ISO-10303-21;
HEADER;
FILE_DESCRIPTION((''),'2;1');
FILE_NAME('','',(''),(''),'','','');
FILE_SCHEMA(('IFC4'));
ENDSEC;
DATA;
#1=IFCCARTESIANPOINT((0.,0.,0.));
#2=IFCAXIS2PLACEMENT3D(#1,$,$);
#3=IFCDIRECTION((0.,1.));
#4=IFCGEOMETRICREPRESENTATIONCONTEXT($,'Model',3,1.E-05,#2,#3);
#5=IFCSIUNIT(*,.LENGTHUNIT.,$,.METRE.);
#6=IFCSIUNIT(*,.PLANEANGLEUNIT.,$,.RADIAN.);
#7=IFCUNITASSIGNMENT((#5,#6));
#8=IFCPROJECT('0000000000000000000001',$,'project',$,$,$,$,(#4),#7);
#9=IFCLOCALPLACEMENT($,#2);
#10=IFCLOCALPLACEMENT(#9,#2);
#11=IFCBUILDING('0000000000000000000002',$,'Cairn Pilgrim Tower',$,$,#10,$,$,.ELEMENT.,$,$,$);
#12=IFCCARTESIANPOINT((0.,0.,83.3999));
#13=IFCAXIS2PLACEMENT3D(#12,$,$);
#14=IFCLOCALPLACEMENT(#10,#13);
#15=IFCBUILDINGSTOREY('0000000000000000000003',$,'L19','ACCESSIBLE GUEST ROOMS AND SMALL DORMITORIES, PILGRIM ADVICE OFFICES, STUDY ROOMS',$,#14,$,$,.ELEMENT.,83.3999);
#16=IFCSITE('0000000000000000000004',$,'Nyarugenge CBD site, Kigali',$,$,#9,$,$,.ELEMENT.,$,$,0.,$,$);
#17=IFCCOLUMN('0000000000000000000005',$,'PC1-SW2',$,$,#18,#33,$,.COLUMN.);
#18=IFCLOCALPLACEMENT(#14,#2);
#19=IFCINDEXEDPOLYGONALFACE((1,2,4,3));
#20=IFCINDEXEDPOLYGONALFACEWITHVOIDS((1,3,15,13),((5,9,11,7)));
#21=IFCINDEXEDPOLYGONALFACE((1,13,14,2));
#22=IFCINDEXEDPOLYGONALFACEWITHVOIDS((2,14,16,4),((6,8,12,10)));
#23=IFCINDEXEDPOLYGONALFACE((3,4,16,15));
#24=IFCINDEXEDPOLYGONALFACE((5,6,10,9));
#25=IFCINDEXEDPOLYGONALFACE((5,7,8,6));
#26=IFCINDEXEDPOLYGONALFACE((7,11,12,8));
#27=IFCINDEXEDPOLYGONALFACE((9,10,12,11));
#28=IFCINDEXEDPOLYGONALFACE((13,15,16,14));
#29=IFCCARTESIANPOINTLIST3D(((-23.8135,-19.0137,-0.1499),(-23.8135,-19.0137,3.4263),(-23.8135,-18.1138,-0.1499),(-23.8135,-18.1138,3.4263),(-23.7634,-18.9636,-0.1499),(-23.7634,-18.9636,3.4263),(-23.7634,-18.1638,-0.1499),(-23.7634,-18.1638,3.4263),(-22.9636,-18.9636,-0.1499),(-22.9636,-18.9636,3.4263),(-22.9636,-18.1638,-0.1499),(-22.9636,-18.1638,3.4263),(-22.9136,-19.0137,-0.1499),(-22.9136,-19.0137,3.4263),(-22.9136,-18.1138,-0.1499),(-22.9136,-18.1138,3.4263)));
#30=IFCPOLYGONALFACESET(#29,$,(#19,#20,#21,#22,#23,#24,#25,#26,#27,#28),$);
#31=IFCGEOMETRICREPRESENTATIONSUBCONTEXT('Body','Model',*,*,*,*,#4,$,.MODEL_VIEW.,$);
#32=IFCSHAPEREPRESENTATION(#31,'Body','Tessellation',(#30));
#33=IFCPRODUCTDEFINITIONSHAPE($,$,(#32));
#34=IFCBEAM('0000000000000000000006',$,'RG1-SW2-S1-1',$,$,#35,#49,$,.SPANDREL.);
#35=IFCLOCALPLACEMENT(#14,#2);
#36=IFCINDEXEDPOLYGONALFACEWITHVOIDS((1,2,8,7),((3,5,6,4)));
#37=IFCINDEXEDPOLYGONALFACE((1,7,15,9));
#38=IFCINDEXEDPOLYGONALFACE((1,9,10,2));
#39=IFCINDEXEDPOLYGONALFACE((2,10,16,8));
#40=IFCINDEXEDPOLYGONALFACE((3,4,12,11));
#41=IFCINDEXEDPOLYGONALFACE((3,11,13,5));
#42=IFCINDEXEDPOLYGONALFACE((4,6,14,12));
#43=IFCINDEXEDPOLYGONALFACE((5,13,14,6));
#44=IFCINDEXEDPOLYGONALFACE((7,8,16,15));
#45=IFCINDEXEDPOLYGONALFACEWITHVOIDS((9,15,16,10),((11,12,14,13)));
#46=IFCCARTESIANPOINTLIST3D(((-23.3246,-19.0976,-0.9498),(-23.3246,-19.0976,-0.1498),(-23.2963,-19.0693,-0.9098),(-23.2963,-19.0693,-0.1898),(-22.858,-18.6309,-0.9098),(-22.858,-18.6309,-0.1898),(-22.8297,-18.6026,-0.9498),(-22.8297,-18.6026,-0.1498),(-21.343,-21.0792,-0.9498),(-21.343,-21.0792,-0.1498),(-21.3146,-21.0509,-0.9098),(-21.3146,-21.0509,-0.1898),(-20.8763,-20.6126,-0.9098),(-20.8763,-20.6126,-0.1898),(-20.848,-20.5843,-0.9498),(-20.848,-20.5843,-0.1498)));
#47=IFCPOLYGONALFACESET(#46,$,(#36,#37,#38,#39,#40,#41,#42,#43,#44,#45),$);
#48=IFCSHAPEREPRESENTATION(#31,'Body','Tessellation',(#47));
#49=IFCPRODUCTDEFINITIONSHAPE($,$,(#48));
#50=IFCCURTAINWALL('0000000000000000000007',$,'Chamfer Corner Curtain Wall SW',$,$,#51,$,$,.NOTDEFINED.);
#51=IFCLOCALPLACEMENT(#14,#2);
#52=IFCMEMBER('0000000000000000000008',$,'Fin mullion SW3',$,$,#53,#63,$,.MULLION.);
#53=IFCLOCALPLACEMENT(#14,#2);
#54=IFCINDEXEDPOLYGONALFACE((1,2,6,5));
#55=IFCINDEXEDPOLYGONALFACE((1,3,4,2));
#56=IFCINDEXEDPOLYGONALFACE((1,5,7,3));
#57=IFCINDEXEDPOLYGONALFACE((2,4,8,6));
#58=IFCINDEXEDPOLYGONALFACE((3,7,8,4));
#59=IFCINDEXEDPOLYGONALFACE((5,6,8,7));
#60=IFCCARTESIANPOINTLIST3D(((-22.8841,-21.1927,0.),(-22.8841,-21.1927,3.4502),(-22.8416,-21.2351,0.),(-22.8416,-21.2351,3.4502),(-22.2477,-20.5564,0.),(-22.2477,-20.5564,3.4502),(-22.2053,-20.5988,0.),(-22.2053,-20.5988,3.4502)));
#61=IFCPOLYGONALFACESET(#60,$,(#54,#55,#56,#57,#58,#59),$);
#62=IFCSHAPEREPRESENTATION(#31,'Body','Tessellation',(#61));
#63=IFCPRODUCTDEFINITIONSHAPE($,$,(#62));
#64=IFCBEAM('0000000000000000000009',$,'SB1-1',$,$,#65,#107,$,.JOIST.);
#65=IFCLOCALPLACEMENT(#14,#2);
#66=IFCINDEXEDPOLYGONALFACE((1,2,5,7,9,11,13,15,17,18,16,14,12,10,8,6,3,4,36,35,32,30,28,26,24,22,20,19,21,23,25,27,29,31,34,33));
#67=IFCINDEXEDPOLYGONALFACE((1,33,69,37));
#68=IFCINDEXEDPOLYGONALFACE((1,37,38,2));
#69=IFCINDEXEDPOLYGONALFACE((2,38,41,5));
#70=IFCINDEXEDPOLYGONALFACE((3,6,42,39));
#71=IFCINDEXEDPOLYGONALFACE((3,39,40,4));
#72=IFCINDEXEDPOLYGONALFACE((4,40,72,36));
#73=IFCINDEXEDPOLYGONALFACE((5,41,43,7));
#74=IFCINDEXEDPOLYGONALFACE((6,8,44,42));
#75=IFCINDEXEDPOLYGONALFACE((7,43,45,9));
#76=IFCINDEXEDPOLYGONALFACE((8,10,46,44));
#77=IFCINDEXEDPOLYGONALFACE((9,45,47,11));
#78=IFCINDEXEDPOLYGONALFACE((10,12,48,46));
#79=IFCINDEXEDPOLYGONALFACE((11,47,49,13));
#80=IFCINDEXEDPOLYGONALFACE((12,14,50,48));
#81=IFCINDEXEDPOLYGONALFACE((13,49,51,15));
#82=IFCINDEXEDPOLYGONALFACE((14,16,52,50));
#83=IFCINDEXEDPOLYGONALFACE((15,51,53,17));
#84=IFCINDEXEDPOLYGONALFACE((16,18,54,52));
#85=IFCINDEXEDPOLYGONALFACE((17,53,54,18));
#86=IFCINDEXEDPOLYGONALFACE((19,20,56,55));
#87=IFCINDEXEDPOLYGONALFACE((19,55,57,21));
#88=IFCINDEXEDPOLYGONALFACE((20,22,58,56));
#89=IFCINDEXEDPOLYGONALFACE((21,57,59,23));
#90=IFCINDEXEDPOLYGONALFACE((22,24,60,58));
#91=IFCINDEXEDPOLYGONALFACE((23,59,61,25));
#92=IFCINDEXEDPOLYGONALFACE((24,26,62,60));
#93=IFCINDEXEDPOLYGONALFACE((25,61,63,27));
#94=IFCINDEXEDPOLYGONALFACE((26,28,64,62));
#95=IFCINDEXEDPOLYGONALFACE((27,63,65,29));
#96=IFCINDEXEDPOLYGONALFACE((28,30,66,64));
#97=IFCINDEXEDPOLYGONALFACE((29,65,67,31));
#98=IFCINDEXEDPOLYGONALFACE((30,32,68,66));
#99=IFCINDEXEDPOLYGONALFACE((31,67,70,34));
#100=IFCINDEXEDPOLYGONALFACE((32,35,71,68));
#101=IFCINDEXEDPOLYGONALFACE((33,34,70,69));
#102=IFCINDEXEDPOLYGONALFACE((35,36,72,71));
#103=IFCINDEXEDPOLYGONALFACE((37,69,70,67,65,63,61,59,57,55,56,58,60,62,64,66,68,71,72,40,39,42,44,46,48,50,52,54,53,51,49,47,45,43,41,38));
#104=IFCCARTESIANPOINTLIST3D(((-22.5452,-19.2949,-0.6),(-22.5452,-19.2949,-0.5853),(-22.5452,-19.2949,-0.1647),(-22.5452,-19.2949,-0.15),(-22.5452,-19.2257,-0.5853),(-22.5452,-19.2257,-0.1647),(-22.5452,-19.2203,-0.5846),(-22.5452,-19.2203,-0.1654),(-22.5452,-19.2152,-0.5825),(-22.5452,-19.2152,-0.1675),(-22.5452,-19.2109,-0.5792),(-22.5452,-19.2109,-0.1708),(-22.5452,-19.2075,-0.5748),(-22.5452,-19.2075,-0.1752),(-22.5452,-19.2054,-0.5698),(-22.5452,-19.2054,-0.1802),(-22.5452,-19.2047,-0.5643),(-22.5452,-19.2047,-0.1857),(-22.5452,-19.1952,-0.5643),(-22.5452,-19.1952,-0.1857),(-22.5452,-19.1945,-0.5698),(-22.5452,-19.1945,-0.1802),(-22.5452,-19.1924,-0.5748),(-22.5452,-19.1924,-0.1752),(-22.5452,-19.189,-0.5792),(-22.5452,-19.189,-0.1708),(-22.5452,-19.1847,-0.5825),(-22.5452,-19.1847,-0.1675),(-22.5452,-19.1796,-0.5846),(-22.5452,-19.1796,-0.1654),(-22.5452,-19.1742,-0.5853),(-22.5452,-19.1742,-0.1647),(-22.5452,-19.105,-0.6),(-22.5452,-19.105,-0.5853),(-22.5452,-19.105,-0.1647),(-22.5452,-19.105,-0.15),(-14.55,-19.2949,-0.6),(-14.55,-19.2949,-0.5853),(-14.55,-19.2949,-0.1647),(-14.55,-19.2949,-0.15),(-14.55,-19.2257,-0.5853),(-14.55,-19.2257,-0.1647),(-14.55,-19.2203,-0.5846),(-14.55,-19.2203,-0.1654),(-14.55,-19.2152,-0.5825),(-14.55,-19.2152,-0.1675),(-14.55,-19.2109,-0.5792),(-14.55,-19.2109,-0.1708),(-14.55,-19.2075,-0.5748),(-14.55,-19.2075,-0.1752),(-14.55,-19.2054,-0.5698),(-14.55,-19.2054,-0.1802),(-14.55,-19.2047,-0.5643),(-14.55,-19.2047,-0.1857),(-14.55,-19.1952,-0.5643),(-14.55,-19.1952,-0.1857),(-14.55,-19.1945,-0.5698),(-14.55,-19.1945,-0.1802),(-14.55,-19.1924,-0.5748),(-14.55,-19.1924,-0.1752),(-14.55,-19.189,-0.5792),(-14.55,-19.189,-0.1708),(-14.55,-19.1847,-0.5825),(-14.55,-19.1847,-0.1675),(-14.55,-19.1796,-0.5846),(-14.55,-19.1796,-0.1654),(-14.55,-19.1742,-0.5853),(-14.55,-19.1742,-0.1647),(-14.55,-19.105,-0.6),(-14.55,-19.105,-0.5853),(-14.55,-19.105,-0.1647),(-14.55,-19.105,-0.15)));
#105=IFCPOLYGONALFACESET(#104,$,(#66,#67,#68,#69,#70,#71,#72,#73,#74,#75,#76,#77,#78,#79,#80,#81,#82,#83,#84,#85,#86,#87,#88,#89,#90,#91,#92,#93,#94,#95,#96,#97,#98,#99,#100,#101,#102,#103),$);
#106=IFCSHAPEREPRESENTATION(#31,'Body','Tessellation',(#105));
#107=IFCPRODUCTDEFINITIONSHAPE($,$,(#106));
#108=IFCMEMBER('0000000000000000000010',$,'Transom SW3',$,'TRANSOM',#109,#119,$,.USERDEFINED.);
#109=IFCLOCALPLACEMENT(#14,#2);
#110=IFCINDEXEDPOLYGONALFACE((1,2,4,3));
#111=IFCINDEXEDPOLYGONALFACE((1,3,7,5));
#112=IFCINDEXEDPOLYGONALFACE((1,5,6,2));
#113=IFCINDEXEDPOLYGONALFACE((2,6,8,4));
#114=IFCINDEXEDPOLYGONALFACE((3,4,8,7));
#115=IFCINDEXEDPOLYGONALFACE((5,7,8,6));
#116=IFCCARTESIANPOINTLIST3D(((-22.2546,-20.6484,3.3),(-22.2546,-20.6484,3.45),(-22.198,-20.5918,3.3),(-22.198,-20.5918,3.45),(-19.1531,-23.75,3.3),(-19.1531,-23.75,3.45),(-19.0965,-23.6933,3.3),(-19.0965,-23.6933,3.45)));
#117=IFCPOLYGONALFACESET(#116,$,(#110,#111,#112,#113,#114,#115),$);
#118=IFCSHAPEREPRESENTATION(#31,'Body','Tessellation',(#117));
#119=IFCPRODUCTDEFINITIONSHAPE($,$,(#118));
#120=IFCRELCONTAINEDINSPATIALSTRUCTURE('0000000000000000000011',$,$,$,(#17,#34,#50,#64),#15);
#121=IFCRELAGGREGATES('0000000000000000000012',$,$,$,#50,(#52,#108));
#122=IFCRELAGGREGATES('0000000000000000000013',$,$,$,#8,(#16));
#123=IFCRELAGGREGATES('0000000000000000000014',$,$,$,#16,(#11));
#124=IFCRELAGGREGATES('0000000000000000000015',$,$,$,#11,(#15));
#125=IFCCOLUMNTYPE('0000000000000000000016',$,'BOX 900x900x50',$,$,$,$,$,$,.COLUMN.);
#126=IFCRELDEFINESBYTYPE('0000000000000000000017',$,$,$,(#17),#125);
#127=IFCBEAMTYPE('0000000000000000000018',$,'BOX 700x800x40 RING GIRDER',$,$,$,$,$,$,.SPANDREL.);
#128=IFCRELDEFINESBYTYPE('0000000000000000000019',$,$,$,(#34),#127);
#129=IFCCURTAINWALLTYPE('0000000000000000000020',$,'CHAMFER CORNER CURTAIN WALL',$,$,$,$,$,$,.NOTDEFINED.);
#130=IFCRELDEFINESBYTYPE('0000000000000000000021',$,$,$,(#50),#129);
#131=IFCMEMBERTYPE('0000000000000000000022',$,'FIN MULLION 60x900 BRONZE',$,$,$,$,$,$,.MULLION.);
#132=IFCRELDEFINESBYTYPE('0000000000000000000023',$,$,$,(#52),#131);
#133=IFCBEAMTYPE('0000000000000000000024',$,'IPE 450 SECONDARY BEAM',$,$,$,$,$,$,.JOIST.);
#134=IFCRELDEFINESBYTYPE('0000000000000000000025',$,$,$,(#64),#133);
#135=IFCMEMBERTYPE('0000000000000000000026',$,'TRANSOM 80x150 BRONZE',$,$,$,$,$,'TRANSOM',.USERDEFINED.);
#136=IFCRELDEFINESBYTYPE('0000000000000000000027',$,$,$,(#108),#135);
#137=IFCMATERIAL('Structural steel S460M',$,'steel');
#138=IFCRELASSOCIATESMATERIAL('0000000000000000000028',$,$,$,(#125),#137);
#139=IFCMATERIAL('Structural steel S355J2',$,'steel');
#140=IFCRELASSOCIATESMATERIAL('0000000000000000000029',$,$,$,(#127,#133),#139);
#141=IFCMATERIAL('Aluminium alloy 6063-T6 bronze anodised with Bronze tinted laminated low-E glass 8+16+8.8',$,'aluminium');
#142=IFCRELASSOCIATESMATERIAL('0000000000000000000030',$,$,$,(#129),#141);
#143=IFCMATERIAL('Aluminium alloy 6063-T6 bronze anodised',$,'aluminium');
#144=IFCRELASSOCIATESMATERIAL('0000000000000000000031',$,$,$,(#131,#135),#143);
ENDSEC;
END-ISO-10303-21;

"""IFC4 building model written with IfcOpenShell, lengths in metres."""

from ifc_helpers import new_model, si_unit, direction, frame, origin, origin_2d, place, context, subcontext, project, spatial, rectangle, hollow_rectangle, i_section, extrude, clip, halfspace, material, material_profile, profile_set, type_object, element, aggregate, save


model = new_model("IFC4")

# Units and contexts
model_context = context("Model", 3, precision=1e-05, world=origin(), true_north=direction((0.0, 1.0)))
body_context = subcontext(model_context, "Body", "Model", "MODEL_VIEW")
ifc_project = project(units=[si_unit("LENGTHUNIT", "METRE"), si_unit("PLANEANGLEUNIT", "RADIAN")], contexts=[model_context])

# Site, building, storey
site_placement = place(None, origin())
site = spatial("IfcSite", under=ifc_project, at=site_placement, Name="Nyarugenge CBD site, Kigali", CompositionType="ELEMENT", RefElevation=0.0)
building_placement = place(site_placement, origin())
building = spatial("IfcBuilding", under=site, at=building_placement, Name="Cairn Pilgrim Tower", CompositionType="ELEMENT")
storey_placement = place(building_placement, frame((0.0, 0.0, 83.3999)))
storey = spatial("IfcBuildingStorey", under=building, at=storey_placement, Name="L19", Description="ACCESSIBLE GUEST ROOMS AND SMALL DORMITORIES, PILGRIM ADVICE OFFICES, STUDY ROOMS", CompositionType="ELEMENT", Elevation=83.3999)

# Column
ifc_material_1 = material(Name="Structural steel S460M", Category="steel")
ifc_material_profile_1 = material_profile(ifc_material_1, hollow_rectangle(XDim=0.8999, YDim=0.8999, WallThickness=0.05, at=origin_2d()), Name="BOX 900x900x50")
ifc_profile_set_1 = profile_set([ifc_material_profile_1], Name="Structural steel S460M")
column_type = type_object("IfcColumnType", Name="BOX 900x900x50", PredefinedType="COLUMN", material=ifc_profile_set_1)
column_placement = place(storey_placement, frame((-23.3635, -18.5637, -0.1499), z_axis=(0.0, 0.0, 1.0), x_axis=(1.0, 0.0, 0.0)))
element("IfcColumn", 1, at=column_placement, inside=storey, type_object=column_type, Name="PC1-SW2", PredefinedType="COLUMN", context=body_context, shape_type="Clipping", body=[
    clip(extrude(hollow_rectangle(XDim=0.8999, YDim=0.8999, WallThickness=0.05, at=origin_2d()), origin(), (0.0, 0.0, 1.0), 3.6001), halfspace(frame((0.0, 0.0, 3.5762), z_axis=(0.0, 0.0, 1.0), x_axis=(1.0, 0.0, 0.0)), False)),
])

# Beam
ifc_material_2 = material(Name="Structural steel S355J2", Category="steel")
ifc_material_profile_2 = material_profile(ifc_material_2, hollow_rectangle(XDim=0.7, YDim=0.8, WallThickness=0.04, at=origin_2d()), Name="BOX 700x800x40")
ifc_profile_set_2 = profile_set([ifc_material_profile_2], Name="Structural steel S355J2")
beam_type_1 = type_object("IfcBeamType", Name="BOX 700x800x40 RING GIRDER", PredefinedType="SPANDREL", material=ifc_profile_set_2)
beam_1_placement = place(storey_placement, frame((-23.0771, -18.8501, -0.5498), z_axis=(0.707107, -0.707107, 0.0), x_axis=(0.707107, 0.707107, 0.0)))
element("IfcBeam", 2, at=beam_1_placement, inside=storey, type_object=beam_type_1, Name="RG1-SW2-S1-1", PredefinedType="SPANDREL", context=body_context, shape_type="SweptSolid", body=[
    extrude(hollow_rectangle(XDim=0.7, YDim=0.8, WallThickness=0.04, at=origin_2d()), origin(), (0.0, 0.0, 1.0), 2.8025),
])

# Curtain wall, member
ifc_material_3 = material(Name="Aluminium alloy 6063-T6 bronze anodised with Bronze tinted laminated low-E glass 8+16+8.8", Category="aluminium")
curtain_wall_type = type_object("IfcCurtainWallType", Name="CHAMFER CORNER CURTAIN WALL", PredefinedType="NOTDEFINED", material=ifc_material_3)
curtain_wall_placement = place(storey_placement, origin())
curtain_wall = element("IfcCurtainWall", 3, at=curtain_wall_placement, inside=storey, type_object=curtain_wall_type, Name="Chamfer Corner Curtain Wall SW", PredefinedType="NOTDEFINED")
ifc_material_4 = material(Name="Aluminium alloy 6063-T6 bronze anodised", Category="aluminium")
ifc_material_profile_3 = material_profile(ifc_material_4, rectangle(XDim=0.8999, YDim=0.0601, at=origin_2d()), Name="FIN MULLION 60x900 BRONZE")
ifc_profile_set_3 = profile_set([ifc_material_profile_3], Name="Aluminium alloy 6063-T6 bronze anodised")
member_type_1 = type_object("IfcMemberType", Name="FIN MULLION 60x900 BRONZE", PredefinedType="MULLION", material=ifc_profile_set_3)
member_1_placement = place(storey_placement, frame((-22.5447, -20.8958, 0.0), z_axis=(0.0, 0.0, 1.0), x_axis=(-0.707107, -0.707107, 0.0)))
member_1 = element("IfcMember", 4, at=member_1_placement, type_object=member_type_1, Name="Fin mullion SW3", PredefinedType="MULLION", context=body_context, shape_type="SweptSolid", body=[
    extrude(rectangle(XDim=0.8999, YDim=0.0601, at=origin_2d()), origin(), (0.0, 0.0, 1.0), 3.4502),
])

# Beam
ifc_material_profile_4 = material_profile(ifc_material_2, i_section(OverallWidth=0.1899, OverallDepth=0.45, WebThickness=0.0095, FlangeThickness=0.0146, FilletRadius=0.021, at=origin_2d()), Name="IPE 450")
ifc_profile_set_4 = profile_set([ifc_material_profile_4], Name="Structural steel S355J2")
beam_type_2 = type_object("IfcBeamType", Name="IPE 450 SECONDARY BEAM", PredefinedType="JOIST", material=ifc_profile_set_4)
beam_2_placement = place(storey_placement, frame((-22.5452, -19.2, -0.375), z_axis=(1.0, 0.0, 0.0), x_axis=(0.0, 1.0, 0.0)))
element("IfcBeam", 5, at=beam_2_placement, inside=storey, type_object=beam_type_2, Name="SB1-1", PredefinedType="JOIST", context=body_context, shape_type="SweptSolid", body=[
    extrude(i_section(OverallWidth=0.1899, OverallDepth=0.45, WebThickness=0.0095, FlangeThickness=0.0146, FilletRadius=0.021, at=origin_2d()), origin(), (0.0, 0.0, 1.0), 7.9951),
])

# Member
ifc_material_profile_5 = material_profile(ifc_material_4, rectangle(XDim=0.0801, YDim=0.1499, at=origin_2d()), Name="TRANSOM 80x150 BRONZE")
ifc_profile_set_5 = profile_set([ifc_material_profile_5], Name="Aluminium alloy 6063-T6 bronze anodised")
member_type_2 = type_object("IfcMemberType", Name="TRANSOM 80x150 BRONZE", ElementType="TRANSOM", PredefinedType="USERDEFINED", material=ifc_profile_set_5)
member_2_placement = place(storey_placement, frame((-22.2263, -20.6201, 3.375), z_axis=(0.707107, -0.707107, 0.0), x_axis=(0.707107, 0.707107, 0.0)))
member_2 = element("IfcMember", 6, at=member_2_placement, type_object=member_type_2, Name="Transom SW3", ObjectType="TRANSOM", PredefinedType="USERDEFINED", context=body_context, shape_type="SweptSolid", body=[
    extrude(rectangle(XDim=0.0801, YDim=0.1499, at=origin_2d()), origin(), (0.0, 0.0, 1.0), 4.3862),
])
aggregate(curtain_wall, [member_1, member_2])

save(model, "model.ifc")
